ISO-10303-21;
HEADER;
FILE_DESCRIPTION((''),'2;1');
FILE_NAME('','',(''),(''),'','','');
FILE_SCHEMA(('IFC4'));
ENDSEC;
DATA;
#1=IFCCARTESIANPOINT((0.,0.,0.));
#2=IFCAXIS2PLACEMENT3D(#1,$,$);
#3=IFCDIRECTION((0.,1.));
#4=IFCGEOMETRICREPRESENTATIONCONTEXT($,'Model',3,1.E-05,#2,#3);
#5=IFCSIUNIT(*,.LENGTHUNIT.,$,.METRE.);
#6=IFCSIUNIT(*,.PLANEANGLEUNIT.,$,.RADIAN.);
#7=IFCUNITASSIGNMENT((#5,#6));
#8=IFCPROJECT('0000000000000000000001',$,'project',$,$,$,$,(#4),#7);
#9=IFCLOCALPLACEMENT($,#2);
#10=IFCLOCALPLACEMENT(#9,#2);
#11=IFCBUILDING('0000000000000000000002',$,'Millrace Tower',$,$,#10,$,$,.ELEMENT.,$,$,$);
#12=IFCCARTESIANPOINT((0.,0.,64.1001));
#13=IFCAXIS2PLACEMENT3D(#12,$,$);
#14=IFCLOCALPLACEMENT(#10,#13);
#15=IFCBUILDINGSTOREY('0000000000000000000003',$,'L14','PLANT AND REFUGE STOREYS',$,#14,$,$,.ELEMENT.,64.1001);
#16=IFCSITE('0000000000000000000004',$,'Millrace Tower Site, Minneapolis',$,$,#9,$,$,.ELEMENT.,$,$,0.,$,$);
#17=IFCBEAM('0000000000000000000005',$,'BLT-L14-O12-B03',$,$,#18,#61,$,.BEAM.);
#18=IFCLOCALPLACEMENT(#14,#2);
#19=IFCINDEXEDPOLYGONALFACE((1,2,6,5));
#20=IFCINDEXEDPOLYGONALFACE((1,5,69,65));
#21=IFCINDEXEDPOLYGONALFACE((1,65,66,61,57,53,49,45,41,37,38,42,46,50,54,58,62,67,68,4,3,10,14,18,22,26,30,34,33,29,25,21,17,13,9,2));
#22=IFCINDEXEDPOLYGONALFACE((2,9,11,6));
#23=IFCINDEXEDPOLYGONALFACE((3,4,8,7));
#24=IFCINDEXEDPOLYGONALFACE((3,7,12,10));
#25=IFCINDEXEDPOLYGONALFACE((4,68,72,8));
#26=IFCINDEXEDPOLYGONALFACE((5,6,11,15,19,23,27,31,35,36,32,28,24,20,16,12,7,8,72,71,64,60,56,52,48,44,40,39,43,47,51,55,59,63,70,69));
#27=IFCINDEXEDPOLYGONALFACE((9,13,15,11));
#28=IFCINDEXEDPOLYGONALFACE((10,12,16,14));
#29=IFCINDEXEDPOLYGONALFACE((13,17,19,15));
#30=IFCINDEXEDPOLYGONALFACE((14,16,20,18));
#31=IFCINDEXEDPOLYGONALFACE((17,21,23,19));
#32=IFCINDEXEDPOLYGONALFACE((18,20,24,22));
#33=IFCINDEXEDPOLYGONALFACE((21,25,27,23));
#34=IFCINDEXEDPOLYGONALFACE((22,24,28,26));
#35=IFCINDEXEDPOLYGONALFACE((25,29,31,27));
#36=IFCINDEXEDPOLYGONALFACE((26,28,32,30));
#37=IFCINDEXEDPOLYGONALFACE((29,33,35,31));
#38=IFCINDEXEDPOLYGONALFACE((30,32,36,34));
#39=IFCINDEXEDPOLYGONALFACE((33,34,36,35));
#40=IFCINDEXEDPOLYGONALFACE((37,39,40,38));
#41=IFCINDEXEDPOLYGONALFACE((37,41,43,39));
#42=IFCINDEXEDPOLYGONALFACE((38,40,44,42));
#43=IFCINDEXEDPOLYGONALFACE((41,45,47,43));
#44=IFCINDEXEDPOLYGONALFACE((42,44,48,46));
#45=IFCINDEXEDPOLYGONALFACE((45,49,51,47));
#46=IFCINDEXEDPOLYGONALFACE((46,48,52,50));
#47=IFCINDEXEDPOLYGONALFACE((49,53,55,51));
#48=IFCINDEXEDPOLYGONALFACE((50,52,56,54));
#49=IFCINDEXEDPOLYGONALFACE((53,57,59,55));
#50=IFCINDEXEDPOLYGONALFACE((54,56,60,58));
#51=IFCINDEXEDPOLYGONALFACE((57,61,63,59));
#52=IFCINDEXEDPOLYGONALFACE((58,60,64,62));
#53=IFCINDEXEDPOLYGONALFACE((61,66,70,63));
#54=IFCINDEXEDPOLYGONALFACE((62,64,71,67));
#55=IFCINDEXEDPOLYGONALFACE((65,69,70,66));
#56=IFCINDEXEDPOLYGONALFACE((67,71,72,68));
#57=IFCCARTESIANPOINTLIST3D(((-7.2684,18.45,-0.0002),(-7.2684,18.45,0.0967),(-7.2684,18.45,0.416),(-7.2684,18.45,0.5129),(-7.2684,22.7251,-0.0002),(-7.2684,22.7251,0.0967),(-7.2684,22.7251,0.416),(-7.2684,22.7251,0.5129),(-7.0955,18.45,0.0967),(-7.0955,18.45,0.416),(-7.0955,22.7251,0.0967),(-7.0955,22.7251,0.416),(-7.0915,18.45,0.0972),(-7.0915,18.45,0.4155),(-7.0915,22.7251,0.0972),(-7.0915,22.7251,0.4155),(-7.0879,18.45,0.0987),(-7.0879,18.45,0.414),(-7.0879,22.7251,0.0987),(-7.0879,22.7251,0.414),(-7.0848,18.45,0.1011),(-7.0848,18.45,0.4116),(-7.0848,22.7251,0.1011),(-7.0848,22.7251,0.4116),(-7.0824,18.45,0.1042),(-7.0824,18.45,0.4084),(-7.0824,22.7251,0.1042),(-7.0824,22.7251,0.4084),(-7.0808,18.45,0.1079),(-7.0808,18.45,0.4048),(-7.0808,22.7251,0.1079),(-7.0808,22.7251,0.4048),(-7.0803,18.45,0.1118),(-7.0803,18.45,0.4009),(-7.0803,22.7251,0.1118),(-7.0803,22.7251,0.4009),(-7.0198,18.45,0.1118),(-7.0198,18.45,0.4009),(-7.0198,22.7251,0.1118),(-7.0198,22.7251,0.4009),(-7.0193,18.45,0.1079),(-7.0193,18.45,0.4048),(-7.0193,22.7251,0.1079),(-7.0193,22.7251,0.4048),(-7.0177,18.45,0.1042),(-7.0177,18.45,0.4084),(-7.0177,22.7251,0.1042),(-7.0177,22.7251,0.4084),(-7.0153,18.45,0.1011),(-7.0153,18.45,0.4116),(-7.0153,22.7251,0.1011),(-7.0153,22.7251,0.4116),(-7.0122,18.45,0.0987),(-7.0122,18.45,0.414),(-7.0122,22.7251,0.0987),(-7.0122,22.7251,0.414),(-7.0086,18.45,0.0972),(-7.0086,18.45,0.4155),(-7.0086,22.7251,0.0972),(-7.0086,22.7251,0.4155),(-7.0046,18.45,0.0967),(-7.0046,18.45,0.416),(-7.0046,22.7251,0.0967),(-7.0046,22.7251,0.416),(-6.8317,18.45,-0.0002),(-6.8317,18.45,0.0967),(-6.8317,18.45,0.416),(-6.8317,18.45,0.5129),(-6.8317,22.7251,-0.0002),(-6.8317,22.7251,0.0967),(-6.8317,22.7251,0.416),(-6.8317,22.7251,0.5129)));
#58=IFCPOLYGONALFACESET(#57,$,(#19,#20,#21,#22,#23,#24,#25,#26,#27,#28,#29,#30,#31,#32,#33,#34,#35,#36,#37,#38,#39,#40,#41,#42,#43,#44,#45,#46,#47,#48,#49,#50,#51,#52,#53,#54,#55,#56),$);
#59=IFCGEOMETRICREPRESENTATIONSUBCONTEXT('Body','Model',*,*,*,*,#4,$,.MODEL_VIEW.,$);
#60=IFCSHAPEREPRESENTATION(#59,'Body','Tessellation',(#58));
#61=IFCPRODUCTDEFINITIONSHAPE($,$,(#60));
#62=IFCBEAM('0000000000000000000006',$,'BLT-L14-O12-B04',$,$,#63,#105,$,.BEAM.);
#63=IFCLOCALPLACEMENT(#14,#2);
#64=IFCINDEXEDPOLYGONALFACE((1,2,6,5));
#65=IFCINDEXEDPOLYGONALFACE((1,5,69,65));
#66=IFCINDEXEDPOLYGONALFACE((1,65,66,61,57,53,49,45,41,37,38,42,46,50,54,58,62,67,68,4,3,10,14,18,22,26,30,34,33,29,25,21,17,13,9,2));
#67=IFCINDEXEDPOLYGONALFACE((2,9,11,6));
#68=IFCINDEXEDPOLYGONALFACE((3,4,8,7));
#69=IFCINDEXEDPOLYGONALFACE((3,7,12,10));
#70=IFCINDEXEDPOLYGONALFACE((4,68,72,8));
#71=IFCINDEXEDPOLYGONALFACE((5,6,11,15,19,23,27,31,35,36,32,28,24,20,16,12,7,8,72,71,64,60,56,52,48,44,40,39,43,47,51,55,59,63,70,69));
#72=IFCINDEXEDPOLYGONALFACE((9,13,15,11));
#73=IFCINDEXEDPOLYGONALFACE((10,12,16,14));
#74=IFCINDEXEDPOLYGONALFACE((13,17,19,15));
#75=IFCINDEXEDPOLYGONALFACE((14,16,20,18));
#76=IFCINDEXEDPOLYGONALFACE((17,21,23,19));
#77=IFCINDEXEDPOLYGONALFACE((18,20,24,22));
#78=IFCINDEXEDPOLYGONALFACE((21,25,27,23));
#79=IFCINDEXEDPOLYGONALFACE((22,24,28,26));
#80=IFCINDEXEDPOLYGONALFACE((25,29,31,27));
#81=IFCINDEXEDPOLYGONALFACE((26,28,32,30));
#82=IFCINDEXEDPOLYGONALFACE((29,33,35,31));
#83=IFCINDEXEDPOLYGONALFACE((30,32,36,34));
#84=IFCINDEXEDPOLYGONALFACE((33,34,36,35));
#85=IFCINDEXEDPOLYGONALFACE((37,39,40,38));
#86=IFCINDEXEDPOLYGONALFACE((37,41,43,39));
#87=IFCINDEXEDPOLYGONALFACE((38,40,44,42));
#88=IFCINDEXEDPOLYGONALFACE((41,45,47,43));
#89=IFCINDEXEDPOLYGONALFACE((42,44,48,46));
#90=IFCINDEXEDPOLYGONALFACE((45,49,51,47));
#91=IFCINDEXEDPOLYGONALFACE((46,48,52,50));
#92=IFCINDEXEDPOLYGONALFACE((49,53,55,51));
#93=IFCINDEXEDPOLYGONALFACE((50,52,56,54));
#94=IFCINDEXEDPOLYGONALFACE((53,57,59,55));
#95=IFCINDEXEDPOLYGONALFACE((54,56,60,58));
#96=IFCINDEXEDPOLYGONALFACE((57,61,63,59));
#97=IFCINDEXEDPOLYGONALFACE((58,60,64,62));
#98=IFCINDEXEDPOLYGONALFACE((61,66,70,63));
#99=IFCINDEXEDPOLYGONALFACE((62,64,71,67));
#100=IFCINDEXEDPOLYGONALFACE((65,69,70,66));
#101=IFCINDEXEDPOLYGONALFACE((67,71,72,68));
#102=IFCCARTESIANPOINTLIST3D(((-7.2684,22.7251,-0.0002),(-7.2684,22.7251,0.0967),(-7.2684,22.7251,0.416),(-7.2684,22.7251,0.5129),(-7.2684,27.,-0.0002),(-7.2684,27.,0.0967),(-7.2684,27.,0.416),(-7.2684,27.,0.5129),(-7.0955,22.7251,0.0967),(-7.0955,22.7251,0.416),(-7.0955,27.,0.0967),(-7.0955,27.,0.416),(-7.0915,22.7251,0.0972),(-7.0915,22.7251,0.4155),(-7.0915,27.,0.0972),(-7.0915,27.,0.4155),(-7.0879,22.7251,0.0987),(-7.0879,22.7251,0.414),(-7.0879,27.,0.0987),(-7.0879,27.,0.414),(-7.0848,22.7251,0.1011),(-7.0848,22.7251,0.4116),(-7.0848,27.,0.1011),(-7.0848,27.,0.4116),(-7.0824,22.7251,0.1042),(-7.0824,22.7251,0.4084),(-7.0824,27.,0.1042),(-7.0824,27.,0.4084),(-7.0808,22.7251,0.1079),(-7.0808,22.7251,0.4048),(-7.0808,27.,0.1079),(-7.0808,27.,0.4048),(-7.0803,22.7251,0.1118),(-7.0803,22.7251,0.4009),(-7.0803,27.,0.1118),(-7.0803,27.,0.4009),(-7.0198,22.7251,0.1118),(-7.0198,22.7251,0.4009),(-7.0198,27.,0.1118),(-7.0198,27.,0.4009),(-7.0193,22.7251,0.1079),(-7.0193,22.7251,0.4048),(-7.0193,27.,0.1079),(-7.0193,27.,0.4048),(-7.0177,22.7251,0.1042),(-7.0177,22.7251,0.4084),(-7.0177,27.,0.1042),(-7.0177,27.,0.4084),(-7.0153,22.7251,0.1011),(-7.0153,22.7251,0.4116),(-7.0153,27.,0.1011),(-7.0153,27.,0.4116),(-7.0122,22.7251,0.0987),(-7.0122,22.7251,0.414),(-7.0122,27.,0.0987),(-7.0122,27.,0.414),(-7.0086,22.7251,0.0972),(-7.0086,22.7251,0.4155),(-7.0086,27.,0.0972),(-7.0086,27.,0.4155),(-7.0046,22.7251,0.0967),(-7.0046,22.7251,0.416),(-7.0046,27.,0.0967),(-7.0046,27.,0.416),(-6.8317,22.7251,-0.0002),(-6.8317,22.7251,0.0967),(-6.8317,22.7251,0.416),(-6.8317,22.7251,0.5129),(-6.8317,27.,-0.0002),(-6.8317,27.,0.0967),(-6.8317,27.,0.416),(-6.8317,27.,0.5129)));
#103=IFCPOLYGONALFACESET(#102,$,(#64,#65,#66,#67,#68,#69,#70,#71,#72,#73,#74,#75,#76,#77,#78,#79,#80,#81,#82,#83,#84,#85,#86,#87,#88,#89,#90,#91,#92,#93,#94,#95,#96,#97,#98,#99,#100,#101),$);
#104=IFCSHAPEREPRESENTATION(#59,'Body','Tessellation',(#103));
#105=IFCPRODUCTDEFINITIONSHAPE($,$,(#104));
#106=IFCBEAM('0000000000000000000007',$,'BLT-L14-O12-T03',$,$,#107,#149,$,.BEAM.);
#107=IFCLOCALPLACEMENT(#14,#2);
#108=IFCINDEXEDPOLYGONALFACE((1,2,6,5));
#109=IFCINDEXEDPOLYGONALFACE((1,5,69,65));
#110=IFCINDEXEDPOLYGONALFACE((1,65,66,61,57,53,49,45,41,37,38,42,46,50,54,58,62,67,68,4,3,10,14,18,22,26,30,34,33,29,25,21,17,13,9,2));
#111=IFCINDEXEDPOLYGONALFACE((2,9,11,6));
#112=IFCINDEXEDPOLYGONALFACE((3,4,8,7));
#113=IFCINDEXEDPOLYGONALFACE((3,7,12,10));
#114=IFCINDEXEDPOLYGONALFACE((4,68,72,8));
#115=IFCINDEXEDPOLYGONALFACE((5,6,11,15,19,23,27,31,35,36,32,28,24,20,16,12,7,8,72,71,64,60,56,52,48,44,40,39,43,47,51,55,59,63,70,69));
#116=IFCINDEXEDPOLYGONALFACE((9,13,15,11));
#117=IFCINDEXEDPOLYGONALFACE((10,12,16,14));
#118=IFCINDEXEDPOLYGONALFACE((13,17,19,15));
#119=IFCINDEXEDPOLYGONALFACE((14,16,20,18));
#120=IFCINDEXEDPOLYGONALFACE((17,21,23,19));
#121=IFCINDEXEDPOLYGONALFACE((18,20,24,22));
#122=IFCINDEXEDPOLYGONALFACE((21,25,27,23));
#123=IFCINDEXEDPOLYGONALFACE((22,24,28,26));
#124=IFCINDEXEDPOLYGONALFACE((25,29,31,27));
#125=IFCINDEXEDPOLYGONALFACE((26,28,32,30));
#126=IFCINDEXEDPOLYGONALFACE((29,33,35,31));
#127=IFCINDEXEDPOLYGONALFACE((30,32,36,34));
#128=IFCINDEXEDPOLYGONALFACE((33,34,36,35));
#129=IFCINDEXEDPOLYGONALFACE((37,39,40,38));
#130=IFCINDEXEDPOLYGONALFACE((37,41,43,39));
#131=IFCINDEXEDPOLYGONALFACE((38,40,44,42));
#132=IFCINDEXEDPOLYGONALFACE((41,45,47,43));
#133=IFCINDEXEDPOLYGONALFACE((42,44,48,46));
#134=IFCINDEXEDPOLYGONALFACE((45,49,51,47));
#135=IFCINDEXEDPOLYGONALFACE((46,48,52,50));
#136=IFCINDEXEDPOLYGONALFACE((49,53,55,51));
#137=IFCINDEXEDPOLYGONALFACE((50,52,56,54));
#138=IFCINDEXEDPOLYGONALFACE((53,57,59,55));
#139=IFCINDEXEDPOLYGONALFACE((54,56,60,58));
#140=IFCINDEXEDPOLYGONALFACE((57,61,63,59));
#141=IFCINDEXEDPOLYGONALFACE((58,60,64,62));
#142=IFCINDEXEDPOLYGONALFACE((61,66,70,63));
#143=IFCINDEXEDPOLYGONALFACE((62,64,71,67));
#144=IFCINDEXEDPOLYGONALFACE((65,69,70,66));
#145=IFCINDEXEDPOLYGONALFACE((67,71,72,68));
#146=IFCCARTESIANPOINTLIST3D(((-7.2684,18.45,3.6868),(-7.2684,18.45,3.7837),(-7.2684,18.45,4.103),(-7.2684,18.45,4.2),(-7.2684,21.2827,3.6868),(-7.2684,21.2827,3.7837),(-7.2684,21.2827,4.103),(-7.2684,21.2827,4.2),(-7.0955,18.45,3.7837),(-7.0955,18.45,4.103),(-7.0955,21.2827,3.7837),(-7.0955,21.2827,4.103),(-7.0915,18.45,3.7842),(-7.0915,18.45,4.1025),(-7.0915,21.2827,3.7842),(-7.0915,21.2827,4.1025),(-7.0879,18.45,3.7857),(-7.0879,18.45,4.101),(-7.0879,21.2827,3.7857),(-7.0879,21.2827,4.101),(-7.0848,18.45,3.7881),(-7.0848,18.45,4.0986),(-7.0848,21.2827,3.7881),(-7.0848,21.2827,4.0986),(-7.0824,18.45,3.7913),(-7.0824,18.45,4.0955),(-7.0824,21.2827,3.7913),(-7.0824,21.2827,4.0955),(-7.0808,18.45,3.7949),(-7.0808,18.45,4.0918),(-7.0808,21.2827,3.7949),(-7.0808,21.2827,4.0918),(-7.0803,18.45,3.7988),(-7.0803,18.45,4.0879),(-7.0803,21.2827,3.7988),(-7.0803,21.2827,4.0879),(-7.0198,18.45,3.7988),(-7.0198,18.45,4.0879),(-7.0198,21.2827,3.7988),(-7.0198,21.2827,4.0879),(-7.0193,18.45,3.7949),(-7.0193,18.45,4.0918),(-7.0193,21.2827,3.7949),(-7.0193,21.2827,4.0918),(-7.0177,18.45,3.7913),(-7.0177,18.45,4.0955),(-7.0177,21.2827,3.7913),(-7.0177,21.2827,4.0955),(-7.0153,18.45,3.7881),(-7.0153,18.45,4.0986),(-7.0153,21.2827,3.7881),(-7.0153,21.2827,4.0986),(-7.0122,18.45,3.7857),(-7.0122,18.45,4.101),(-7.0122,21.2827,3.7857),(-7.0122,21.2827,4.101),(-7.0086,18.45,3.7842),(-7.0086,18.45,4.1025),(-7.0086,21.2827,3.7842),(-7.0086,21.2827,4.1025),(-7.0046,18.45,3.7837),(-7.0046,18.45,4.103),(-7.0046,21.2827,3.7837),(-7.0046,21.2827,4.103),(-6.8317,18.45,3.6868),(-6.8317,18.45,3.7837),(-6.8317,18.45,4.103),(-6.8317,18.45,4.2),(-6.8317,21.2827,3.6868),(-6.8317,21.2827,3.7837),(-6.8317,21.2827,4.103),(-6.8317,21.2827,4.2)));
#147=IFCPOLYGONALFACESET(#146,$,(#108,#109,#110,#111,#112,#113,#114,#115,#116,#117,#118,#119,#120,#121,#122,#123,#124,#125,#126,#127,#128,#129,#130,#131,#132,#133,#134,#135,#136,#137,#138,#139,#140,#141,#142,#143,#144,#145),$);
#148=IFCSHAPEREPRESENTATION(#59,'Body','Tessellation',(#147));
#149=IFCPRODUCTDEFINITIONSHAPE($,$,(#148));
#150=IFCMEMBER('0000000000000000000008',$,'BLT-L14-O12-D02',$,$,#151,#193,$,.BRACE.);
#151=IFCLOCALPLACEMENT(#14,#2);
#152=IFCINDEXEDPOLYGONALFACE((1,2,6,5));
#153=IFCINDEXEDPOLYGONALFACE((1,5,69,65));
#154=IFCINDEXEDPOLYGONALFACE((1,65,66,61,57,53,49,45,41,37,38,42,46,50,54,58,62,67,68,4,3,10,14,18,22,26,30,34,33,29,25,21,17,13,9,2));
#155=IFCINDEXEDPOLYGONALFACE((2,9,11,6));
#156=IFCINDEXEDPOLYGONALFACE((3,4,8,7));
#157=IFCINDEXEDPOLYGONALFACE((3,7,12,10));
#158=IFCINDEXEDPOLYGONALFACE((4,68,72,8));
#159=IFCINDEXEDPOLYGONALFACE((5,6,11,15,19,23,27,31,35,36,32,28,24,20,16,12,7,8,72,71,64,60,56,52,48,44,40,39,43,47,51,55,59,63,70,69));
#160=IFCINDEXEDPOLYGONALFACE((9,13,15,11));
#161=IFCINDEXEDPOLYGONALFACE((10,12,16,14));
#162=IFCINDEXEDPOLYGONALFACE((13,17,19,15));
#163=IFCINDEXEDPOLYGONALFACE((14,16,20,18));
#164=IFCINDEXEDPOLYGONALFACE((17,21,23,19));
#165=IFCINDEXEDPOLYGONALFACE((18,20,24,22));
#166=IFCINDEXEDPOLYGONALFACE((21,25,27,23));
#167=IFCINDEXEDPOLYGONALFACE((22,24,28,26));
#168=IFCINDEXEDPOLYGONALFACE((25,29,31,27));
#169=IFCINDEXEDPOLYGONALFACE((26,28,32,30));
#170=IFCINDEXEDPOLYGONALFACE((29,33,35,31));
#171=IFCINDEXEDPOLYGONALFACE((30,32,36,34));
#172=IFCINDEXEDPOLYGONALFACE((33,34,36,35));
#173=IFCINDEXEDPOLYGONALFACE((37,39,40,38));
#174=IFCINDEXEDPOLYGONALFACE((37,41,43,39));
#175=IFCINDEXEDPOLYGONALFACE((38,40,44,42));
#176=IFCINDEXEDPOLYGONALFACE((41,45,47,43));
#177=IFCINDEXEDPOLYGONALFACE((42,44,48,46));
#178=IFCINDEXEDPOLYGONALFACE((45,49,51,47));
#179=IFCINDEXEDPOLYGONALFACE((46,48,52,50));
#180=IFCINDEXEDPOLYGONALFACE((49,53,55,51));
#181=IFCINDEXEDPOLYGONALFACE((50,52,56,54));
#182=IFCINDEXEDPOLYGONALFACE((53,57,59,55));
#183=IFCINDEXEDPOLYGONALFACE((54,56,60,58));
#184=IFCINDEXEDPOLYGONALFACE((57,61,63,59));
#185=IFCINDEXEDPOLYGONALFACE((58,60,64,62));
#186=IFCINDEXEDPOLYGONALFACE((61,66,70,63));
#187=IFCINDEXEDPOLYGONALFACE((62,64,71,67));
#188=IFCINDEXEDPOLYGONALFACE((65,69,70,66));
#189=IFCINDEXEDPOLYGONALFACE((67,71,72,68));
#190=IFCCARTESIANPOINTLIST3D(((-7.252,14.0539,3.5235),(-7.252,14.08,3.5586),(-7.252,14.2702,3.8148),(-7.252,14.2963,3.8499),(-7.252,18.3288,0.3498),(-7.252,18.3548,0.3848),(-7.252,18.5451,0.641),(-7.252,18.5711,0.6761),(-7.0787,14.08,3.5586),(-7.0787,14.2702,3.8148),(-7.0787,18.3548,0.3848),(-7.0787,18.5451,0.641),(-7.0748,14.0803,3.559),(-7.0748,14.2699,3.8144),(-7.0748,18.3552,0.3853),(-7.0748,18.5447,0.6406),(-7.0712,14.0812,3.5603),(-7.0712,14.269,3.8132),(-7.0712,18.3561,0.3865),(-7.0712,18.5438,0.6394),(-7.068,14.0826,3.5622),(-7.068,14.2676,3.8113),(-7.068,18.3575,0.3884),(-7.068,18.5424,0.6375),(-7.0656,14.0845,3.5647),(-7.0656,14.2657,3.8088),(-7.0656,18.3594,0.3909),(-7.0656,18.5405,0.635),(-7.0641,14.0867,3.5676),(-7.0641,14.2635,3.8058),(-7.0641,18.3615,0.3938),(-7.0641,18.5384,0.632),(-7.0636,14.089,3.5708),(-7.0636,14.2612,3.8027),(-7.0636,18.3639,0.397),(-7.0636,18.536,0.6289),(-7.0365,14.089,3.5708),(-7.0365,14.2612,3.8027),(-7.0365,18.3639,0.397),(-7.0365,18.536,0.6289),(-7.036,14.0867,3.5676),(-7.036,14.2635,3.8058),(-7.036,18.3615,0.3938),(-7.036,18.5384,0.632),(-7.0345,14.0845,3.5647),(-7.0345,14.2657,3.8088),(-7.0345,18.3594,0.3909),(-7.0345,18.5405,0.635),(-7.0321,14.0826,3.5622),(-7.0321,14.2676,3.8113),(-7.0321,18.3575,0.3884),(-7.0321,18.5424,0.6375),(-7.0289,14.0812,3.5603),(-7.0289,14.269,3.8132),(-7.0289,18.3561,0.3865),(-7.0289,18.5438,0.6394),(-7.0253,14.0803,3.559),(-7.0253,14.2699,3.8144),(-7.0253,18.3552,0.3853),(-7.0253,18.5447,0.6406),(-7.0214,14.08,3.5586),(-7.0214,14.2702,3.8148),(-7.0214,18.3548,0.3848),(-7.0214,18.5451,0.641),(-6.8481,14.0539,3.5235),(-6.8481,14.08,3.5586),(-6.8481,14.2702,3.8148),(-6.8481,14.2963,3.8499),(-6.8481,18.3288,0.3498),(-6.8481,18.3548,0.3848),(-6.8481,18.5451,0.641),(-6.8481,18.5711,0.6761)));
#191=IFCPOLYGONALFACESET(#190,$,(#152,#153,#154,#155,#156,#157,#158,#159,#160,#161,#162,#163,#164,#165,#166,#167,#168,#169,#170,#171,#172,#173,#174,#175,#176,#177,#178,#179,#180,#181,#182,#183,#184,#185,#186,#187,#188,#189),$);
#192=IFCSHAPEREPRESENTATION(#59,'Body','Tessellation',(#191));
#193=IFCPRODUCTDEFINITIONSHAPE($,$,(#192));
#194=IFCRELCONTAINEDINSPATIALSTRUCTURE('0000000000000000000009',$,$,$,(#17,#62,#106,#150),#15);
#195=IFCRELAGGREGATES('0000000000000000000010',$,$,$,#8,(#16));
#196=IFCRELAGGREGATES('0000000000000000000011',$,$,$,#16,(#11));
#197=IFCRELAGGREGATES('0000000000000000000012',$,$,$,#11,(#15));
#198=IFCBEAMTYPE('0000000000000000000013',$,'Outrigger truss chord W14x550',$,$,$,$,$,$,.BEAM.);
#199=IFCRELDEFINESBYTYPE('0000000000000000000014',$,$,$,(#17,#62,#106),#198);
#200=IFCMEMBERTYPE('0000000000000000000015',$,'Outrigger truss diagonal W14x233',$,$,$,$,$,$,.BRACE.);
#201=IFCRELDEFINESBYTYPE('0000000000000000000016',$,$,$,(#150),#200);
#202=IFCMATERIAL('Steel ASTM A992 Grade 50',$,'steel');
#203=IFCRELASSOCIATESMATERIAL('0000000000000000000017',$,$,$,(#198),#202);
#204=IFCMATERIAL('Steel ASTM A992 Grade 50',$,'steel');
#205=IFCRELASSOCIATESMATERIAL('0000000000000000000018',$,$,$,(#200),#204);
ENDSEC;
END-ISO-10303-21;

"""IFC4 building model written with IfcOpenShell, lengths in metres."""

from ifc_helpers import new_model, si_unit, direction, frame, origin, origin_2d, place, context, subcontext, project, spatial, i_section, extrude, material, material_profile, profile_set, type_object, element, save


model = new_model("IFC4")

# Units and contexts
model_context = context("Model", 3, precision=1e-05, world=origin(), true_north=direction((0.0, 1.0)))
body_context = subcontext(model_context, "Body", "Model", "MODEL_VIEW")
ifc_project = project(units=[si_unit("LENGTHUNIT", "METRE"), si_unit("PLANEANGLEUNIT", "RADIAN")], contexts=[model_context])

# Site, building, storey
site_placement = place(None, origin())
site = spatial("IfcSite", under=ifc_project, at=site_placement, Name="Millrace Tower Site, Minneapolis", CompositionType="ELEMENT", RefElevation=0.0)
building_placement = place(site_placement, origin())
building = spatial("IfcBuilding", under=site, at=building_placement, Name="Millrace Tower", CompositionType="ELEMENT")
storey_placement = place(building_placement, frame((0.0, 0.0, 64.1001)))
storey = spatial("IfcBuildingStorey", under=building, at=storey_placement, Name="L14", Description="PLANT AND REFUGE STOREYS", CompositionType="ELEMENT", Elevation=64.1001)

# Beams
ifc_material_1 = material(Name="Steel ASTM A992 Grade 50", Category="steel")
ifc_material_profile_1 = material_profile(ifc_material_1, i_section(OverallWidth=0.4368, OverallDepth=0.5132, WebThickness=0.0605, FlangeThickness=0.0969, FilletRadius=0.0151, at=origin_2d()))
ifc_profile_set_1 = profile_set([ifc_material_profile_1], Name="Steel ASTM A992 Grade 50")
beam_type_1 = type_object("IfcBeamType", Name="Outrigger truss chord W14x550", PredefinedType="BEAM", material=ifc_profile_set_1)
beam_1_placement = place(storey_placement, frame((-7.05, 18.45, 0.2563), z_axis=(0.0, 1.0, 0.0), x_axis=(-1.0, 0.0, 0.0)))
element("IfcBeam", 1, at=beam_1_placement, inside=storey, type_object=beam_type_1, Name="BLT-L14-O12-B03", PredefinedType="BEAM", context=body_context, shape_type="SweptSolid", body=[
    extrude(i_section(OverallWidth=0.4368, OverallDepth=0.5132, WebThickness=0.0605, FlangeThickness=0.0969, FilletRadius=0.0151, at=origin_2d()), origin(), (0.0, 0.0, 1.0), 4.2751),
])
beam_2_placement = place(storey_placement, frame((-7.05, 22.7251, 0.2563), z_axis=(0.0, 1.0, 0.0), x_axis=(-1.0, 0.0, 0.0)))
element("IfcBeam", 2, at=beam_2_placement, inside=storey, type_object=beam_type_1, Name="BLT-L14-O12-B04", PredefinedType="BEAM", context=body_context, shape_type="SweptSolid", body=[
    extrude(i_section(OverallWidth=0.4368, OverallDepth=0.5132, WebThickness=0.0605, FlangeThickness=0.0969, FilletRadius=0.0151, at=origin_2d()), origin(), (0.0, 0.0, 1.0), 4.2749),
])
beam_3_placement = place(storey_placement, frame((-7.05, 18.45, 3.9434), z_axis=(0.0, 1.0, 0.0), x_axis=(-1.0, 0.0, 0.0)))
element("IfcBeam", 3, at=beam_3_placement, inside=storey, type_object=beam_type_1, Name="BLT-L14-O12-T03", PredefinedType="BEAM", context=body_context, shape_type="SweptSolid", body=[
    extrude(i_section(OverallWidth=0.4368, OverallDepth=0.5132, WebThickness=0.0605, FlangeThickness=0.0969, FilletRadius=0.0151, at=origin_2d()), origin(), (0.0, 0.0, 1.0), 2.8328),
])

# Member
ifc_material_2 = material(Name="Steel ASTM A992 Grade 50", Category="steel")
ifc_material_profile_2 = material_profile(ifc_material_2, i_section(OverallWidth=0.4038, OverallDepth=0.4065, WebThickness=0.0271, FlangeThickness=0.0437, FilletRadius=0.0151, at=origin_2d()))
ifc_profile_set_2 = profile_set([ifc_material_profile_2], Name="Steel ASTM A992 Grade 50")
member_type_1 = type_object("IfcMemberType", Name="Outrigger truss diagonal W14x233", PredefinedType="BRACE", material=ifc_profile_set_2)
member_1_placement = place(storey_placement, frame((-7.05, 18.45, 0.5129), z_axis=(0.0, -0.802907, 0.596104), x_axis=(1.0, 0.0, 0.0)))
element("IfcMember", 4, at=member_1_placement, inside=storey, type_object=member_type_1, Name="BLT-L14-O12-D02", PredefinedType="BRACE", context=body_context, shape_type="SweptSolid", body=[
    extrude(i_section(OverallWidth=0.4038, OverallDepth=0.4065, WebThickness=0.0271, FlangeThickness=0.0437, FilletRadius=0.0151, at=origin_2d()), origin(), (0.0, 0.0, 1.0), 5.3242),
])

save(model, "model.ifc")
